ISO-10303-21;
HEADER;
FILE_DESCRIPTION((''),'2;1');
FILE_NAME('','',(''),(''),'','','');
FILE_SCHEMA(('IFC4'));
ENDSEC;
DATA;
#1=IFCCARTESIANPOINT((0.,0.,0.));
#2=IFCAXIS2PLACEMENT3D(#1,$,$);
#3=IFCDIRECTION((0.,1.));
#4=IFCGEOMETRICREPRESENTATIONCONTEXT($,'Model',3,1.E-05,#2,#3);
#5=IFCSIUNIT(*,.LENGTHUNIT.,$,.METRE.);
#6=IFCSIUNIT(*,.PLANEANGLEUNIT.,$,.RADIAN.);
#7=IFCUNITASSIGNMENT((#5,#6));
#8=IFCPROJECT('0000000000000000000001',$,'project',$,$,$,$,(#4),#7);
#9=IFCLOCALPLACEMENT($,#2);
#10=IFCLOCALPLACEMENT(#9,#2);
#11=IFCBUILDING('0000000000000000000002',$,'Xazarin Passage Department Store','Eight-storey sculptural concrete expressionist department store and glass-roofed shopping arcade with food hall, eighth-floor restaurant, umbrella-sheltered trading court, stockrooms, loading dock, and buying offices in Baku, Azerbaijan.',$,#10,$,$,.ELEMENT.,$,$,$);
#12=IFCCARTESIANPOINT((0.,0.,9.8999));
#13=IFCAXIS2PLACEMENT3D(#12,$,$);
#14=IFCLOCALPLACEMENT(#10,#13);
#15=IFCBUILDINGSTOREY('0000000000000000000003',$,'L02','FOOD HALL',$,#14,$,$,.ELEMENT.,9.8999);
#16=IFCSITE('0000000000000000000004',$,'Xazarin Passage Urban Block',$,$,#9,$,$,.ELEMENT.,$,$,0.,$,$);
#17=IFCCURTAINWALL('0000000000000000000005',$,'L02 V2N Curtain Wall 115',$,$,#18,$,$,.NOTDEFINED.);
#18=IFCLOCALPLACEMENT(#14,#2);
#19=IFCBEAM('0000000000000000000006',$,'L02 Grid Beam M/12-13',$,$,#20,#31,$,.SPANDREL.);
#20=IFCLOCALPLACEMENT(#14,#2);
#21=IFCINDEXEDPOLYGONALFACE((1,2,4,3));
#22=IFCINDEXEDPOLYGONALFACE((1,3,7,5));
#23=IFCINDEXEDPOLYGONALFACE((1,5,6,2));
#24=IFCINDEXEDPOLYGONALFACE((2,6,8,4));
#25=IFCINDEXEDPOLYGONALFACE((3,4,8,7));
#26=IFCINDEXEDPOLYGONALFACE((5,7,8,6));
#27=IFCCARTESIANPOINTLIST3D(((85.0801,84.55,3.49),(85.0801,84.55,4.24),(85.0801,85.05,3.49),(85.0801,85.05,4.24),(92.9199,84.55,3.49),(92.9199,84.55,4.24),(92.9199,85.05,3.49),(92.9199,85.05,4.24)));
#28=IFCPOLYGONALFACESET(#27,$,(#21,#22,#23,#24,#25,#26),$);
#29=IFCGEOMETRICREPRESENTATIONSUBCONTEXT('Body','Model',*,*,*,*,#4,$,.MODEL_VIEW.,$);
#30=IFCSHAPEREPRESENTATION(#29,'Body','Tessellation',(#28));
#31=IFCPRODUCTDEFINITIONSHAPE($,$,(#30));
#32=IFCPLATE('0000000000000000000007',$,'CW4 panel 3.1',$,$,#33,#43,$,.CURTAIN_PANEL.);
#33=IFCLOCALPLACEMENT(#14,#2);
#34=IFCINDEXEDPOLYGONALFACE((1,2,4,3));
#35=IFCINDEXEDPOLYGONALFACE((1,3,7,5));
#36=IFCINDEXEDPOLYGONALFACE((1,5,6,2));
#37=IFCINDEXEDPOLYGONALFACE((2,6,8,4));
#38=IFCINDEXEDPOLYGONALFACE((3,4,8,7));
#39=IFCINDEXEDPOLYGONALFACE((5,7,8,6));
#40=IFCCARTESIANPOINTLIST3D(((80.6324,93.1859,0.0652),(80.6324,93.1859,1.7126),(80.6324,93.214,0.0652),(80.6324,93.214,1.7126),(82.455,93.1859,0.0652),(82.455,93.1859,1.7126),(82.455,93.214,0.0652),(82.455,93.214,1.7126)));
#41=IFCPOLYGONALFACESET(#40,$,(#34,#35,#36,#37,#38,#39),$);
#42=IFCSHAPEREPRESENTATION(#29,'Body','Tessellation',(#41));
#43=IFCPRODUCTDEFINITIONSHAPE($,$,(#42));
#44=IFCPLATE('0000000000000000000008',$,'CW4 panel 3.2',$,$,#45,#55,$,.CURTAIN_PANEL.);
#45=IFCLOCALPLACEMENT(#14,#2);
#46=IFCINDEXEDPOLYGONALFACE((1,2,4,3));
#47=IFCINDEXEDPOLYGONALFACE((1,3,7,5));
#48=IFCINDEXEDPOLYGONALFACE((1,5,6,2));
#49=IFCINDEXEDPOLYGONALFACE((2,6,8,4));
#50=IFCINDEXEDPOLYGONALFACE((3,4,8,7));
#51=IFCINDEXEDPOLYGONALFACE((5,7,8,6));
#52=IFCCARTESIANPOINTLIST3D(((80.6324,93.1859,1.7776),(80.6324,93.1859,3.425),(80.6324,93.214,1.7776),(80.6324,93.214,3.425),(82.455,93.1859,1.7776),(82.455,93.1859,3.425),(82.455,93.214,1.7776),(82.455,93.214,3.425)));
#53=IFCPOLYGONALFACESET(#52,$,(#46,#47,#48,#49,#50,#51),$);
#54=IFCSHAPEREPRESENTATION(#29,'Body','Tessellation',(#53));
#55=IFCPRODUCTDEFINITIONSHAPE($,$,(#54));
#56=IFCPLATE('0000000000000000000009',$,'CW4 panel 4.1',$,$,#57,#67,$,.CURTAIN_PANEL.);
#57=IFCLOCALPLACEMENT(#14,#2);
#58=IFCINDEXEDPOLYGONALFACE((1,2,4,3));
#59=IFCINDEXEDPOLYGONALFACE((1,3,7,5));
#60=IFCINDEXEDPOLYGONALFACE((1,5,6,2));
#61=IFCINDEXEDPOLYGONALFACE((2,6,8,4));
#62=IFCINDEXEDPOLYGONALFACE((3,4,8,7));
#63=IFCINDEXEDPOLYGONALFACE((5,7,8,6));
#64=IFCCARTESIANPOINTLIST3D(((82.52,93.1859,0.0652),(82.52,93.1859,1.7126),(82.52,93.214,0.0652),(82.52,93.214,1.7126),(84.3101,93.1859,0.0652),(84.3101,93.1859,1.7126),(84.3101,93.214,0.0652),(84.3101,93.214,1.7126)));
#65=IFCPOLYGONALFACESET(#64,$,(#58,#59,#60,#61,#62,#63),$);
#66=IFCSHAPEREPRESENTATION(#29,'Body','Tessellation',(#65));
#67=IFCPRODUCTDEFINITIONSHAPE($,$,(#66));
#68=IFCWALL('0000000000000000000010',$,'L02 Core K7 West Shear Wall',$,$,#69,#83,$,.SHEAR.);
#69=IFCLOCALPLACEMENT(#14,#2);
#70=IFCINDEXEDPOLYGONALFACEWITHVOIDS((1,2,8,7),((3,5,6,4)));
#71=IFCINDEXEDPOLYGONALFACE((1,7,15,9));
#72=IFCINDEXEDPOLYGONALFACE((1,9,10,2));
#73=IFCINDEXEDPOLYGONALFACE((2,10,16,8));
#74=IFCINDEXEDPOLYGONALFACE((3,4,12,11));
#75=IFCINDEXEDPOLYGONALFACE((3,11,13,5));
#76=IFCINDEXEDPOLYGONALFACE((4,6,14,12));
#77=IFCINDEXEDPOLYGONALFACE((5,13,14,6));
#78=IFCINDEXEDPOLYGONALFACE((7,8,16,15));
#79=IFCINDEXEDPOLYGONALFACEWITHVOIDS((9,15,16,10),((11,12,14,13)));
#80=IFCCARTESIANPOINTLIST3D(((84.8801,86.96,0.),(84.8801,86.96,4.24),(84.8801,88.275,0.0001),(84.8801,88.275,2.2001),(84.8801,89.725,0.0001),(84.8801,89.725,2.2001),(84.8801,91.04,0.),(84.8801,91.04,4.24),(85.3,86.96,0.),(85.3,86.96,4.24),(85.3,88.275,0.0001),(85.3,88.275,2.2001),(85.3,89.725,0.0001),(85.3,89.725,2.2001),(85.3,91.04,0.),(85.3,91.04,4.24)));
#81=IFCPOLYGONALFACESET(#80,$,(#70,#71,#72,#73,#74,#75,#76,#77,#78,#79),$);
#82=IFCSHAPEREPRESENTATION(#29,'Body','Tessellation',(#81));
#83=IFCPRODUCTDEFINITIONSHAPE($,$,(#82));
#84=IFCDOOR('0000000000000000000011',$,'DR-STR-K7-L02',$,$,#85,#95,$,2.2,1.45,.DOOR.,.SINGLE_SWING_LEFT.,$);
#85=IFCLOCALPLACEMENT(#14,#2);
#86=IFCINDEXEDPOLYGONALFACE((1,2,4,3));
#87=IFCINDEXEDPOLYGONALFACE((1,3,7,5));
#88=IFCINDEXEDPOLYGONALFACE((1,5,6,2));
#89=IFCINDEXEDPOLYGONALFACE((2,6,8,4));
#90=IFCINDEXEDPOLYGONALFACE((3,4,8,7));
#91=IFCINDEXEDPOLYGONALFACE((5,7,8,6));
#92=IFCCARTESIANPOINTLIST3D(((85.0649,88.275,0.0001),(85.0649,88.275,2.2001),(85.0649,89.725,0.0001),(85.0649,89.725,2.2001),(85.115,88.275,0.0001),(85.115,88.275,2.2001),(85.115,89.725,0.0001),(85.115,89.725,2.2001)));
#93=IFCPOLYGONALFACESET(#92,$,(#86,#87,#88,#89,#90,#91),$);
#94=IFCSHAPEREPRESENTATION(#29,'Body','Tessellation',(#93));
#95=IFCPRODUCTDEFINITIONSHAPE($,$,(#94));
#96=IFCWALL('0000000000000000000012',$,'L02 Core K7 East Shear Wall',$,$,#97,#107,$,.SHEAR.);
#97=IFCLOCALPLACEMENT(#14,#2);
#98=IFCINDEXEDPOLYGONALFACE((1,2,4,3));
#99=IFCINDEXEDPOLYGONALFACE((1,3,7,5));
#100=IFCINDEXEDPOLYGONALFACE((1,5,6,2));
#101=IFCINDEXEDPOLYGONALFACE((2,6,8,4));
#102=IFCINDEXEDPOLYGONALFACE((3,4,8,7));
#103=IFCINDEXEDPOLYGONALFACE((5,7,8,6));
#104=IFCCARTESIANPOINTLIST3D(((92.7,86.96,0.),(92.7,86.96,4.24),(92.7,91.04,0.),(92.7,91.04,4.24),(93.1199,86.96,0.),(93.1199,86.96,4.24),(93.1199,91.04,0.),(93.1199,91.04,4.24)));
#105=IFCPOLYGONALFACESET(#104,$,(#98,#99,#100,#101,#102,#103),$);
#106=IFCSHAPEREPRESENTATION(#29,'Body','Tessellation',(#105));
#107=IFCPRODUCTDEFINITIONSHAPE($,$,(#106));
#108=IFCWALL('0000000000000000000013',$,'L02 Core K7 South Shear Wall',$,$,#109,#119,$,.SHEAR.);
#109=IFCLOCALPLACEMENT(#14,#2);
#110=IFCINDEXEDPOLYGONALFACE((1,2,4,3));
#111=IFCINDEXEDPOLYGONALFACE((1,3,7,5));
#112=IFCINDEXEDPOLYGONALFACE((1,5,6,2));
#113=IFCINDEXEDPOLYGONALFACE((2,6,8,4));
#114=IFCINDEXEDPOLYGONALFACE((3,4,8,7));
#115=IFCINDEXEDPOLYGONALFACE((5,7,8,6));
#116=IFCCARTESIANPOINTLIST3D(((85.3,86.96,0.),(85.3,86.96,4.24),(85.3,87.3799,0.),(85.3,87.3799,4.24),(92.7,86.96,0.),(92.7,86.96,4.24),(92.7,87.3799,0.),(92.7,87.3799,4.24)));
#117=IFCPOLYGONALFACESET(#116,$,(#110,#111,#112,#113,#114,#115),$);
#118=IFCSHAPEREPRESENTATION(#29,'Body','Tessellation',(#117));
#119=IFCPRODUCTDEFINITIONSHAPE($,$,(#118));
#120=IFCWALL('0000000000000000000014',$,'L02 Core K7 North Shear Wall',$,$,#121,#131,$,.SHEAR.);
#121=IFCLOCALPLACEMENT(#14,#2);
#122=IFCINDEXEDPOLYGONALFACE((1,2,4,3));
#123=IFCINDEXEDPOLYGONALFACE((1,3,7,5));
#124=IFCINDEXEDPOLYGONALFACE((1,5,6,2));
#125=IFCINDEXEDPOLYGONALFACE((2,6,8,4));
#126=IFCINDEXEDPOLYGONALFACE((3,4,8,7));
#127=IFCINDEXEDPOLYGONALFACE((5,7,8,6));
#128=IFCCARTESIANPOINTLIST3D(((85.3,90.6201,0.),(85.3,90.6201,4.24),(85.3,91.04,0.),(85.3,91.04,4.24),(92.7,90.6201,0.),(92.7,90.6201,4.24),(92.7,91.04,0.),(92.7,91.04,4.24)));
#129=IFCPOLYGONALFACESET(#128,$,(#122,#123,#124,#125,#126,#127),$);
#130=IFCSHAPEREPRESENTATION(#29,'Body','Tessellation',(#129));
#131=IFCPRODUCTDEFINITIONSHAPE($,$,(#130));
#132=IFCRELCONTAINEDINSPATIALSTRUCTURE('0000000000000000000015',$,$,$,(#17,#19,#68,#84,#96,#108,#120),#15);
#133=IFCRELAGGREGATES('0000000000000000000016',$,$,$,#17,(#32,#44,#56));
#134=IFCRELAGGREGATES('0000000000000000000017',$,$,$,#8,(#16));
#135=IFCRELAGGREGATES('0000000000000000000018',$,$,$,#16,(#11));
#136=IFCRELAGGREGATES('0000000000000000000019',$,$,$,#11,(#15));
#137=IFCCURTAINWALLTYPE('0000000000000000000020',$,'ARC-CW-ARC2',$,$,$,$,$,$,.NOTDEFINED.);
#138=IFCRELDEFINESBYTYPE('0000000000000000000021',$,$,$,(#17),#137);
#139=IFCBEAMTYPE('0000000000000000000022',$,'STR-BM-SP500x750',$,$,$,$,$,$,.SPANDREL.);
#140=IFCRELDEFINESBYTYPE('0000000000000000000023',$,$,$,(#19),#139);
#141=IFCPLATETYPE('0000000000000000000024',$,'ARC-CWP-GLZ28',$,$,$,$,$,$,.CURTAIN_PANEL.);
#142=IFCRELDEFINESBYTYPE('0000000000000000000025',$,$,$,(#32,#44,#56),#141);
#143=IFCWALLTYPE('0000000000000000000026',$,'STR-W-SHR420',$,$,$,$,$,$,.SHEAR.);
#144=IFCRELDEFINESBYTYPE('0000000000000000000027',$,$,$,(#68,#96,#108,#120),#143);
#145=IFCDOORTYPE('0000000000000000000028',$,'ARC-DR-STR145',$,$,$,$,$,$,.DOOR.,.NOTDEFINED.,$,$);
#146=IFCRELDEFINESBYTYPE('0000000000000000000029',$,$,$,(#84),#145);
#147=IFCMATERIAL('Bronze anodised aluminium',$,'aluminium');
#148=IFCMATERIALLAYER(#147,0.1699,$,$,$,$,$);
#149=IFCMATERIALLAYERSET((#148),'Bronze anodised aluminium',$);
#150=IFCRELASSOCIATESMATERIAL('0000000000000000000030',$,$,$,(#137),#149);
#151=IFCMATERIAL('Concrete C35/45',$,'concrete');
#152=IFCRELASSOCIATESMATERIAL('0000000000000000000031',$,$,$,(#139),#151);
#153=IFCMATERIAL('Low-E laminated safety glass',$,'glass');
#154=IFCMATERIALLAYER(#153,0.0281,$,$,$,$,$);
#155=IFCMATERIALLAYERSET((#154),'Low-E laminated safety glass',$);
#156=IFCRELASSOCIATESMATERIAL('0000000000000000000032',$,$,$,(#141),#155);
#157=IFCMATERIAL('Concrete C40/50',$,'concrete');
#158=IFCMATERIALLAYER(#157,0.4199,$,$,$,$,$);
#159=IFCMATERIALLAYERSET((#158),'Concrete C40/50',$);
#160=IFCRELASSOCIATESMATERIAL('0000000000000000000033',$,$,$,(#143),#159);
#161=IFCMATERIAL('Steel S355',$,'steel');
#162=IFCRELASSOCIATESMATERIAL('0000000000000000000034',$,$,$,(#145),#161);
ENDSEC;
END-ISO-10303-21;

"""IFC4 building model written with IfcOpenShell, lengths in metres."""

from ifc_helpers import new_model, si_unit, direction, frame, frame_2d, origin, origin_2d, place, context, subcontext, project, spatial, rectangle, extrude, material, layer, layer_set, material_profile, profile_set, type_object, element, fill, aggregate, save


model = new_model("IFC4")

# Units and contexts
model_context = context("Model", 3, precision=1e-05, world=origin(), true_north=direction((0.0, 1.0)))
body_context = subcontext(model_context, "Body", "Model", "MODEL_VIEW")
ifc_project = project(units=[si_unit("LENGTHUNIT", "METRE"), si_unit("PLANEANGLEUNIT", "RADIAN")], contexts=[model_context])

# Site, building, storey
site_placement = place(None, origin())
site = spatial("IfcSite", under=ifc_project, at=site_placement, Name="Xazarin Passage Urban Block", CompositionType="ELEMENT", RefElevation=0.0)
building_placement = place(site_placement, origin())
building = spatial("IfcBuilding", under=site, at=building_placement, Name="Xazarin Passage Department Store", Description="Eight-storey sculptural concrete expressionist department store and glass-roofed shopping arcade with food hall, eighth-floor restaurant, umbrella-sheltered trading court, stockrooms, loading dock, and buying offices in Baku, Azerbaijan.", CompositionType="ELEMENT")
storey_placement = place(building_placement, frame((0.0, 0.0, 9.8999)))
storey = spatial("IfcBuildingStorey", under=building, at=storey_placement, Name="L02", Description="FOOD HALL", CompositionType="ELEMENT", Elevation=9.8999)

# Shared definitions
ifc_material_1 = material(Name="Concrete C40/50", Category="concrete")

# Curtain wall
ifc_material_2 = material(Name="Bronze anodised aluminium", Category="aluminium")
ifc_layer_1 = layer(ifc_material_2, 0.1699)
ifc_layer_set_1 = layer_set([ifc_layer_1], Name="Bronze anodised aluminium")
curtain_wall_type = type_object("IfcCurtainWallType", Name="ARC-CW-ARC2", PredefinedType="NOTDEFINED", material=ifc_layer_set_1)
curtain_wall_placement = place(storey_placement, origin())
curtain_wall = element("IfcCurtainWall", 1, at=curtain_wall_placement, inside=storey, type_object=curtain_wall_type, Name="L02 V2N Curtain Wall 115", PredefinedType="NOTDEFINED")

# Beam
ifc_material_3 = material(Name="Concrete C35/45", Category="concrete")
ifc_material_profile_1 = material_profile(ifc_material_3, rectangle(XDim=0.5, YDim=0.75, at=origin_2d()), Name="RC 500x750")
ifc_profile_set_1 = profile_set([ifc_material_profile_1], Name="Concrete C35/45")
beam_type_1 = type_object("IfcBeamType", Name="STR-BM-SP500x750", PredefinedType="SPANDREL", material=ifc_profile_set_1)
beam_1_placement = place(storey_placement, frame((85.0801, 84.8, 3.865), z_axis=(1.0, 0.0, 0.0), x_axis=(0.0, 1.0, 0.0)))
element("IfcBeam", 2, at=beam_1_placement, inside=storey, type_object=beam_type_1, Name="L02 Grid Beam M/12-13", PredefinedType="SPANDREL", context=body_context, shape_type="SweptSolid", body=[
    extrude(rectangle(XDim=0.5, YDim=0.75, at=origin_2d()), origin(), (0.0, 0.0, 1.0), 7.8398),
])

# Plates
ifc_material_4 = material(Name="Low-E laminated safety glass", Category="glass")
ifc_layer_2 = layer(ifc_material_4, 0.0281)
ifc_layer_set_2 = layer_set([ifc_layer_2], Name="Low-E laminated safety glass")
plate_type = type_object("IfcPlateType", Name="ARC-CWP-GLZ28", PredefinedType="CURTAIN_PANEL", material=ifc_layer_set_2)
plate_1_placement = place(storey_placement, frame((81.5437, 93.2, 0.0652), z_axis=(0.0, 0.0, 1.0), x_axis=(1.0, 0.0, 0.0)))
plate_1 = element("IfcPlate", 3, at=plate_1_placement, type_object=plate_type, Name="CW4 panel 3.1", PredefinedType="CURTAIN_PANEL", context=body_context, shape_type="SweptSolid", body=[
    extrude(rectangle(XDim=1.8225, YDim=0.0281, at=origin_2d()), origin(), (0.0, 0.0, 1.0), 1.6475),
])
plate_2_placement = place(storey_placement, frame((81.5437, 93.2, 1.7776), z_axis=(0.0, 0.0, 1.0), x_axis=(1.0, 0.0, 0.0)))
plate_2 = element("IfcPlate", 4, at=plate_2_placement, type_object=plate_type, Name="CW4 panel 3.2", PredefinedType="CURTAIN_PANEL", context=body_context, shape_type="SweptSolid", body=[
    extrude(rectangle(XDim=1.8225, YDim=0.0281, at=origin_2d()), origin(), (0.0, 0.0, 1.0), 1.6475),
])
plate_3_placement = place(storey_placement, frame((83.415, 93.2, 0.0652), z_axis=(0.0, 0.0, 1.0), x_axis=(1.0, 0.0, 0.0)))
plate_3 = element("IfcPlate", 5, at=plate_3_placement, type_object=plate_type, Name="CW4 panel 4.1", PredefinedType="CURTAIN_PANEL", context=body_context, shape_type="SweptSolid", body=[
    extrude(rectangle(XDim=1.79, YDim=0.0281, at=origin_2d()), origin(), (0.0, 0.0, 1.0), 1.6475),
])
aggregate(curtain_wall, [plate_1, plate_2, plate_3])

# Wall, opening, door
ifc_layer_3 = layer(ifc_material_1, 0.4199)
ifc_layer_set_3 = layer_set([ifc_layer_3], Name="Concrete C40/50")
wall_type = type_object("IfcWallType", Name="STR-W-SHR420", PredefinedType="SHEAR", material=ifc_layer_set_3)
wall_1_placement = place(storey_placement, frame((85.0901, 91.04, 0.0), z_axis=(0.0, 0.0, 1.0), x_axis=(0.0, -1.0, 0.0)))
wall_1 = element("IfcWall", 6, at=wall_1_placement, inside=storey, type_object=wall_type, Name="L02 Core K7 West Shear Wall", PredefinedType="SHEAR", context=body_context, shape_type="SweptSolid", body=[
    extrude(rectangle(XDim=4.0801, YDim=0.4199, at=frame_2d((2.04, 0.0))), origin(), (0.0, 0.0, 1.0), 4.24),
])
opening_placement = place(wall_1_placement, frame((1.3149, 0.0, 0.0)))
opening = element("IfcOpeningElement", 7, at=opening_placement, cuts=wall_1, PredefinedType="OPENING", context=body_context, shape_type="SweptSolid", body=[
    extrude(rectangle(XDim=1.45, YDim=2.2, at=frame_2d((0.7251, 1.1001))), frame((0.0, 0.22, 0.0), z_axis=(0.0, -1.0, 0.0), x_axis=(1.0, 0.0, 0.0)), (0.0, 0.0, 1.0), 0.4399),
])
ifc_material_5 = material(Name="Steel S355", Category="steel")
door_type = type_object("IfcDoorType", Name="ARC-DR-STR145", OperationType="NOTDEFINED", PredefinedType="DOOR", material=ifc_material_5)
door_placement = place(opening_placement, origin())
door = element("IfcDoor", 8, at=door_placement, inside=storey, type_object=door_type, Name="DR-STR-K7-L02", OperationType="SINGLE_SWING_LEFT", OverallHeight=2.2, OverallWidth=1.45, PredefinedType="DOOR", context=body_context, shape_type="SweptSolid", body=[
    extrude(rectangle(XDim=1.45, YDim=2.2, at=frame_2d((0.7251, 1.1001))), frame((0.0, 0.0249, 0.0), z_axis=(0.0, -1.0, 0.0), x_axis=(1.0, 0.0, 0.0)), (0.0, 0.0, 1.0), 0.05),
])
fill(opening, door)

# Walls
wall_2_placement = place(storey_placement, frame((92.9099, 86.96, 0.0), z_axis=(0.0, 0.0, 1.0), x_axis=(0.0, 1.0, 0.0)))
element("IfcWall", 9, at=wall_2_placement, inside=storey, type_object=wall_type, Name="L02 Core K7 East Shear Wall", PredefinedType="SHEAR", context=body_context, shape_type="SweptSolid", body=[
    extrude(rectangle(XDim=4.0801, YDim=0.4199, at=frame_2d((2.04, 0.0))), origin(), (0.0, 0.0, 1.0), 4.24),
])
for number, where, z_axis, x_axis, name in (
    (10, (85.3, 87.1699, 0.0), (0.0, 0.0, 1.0), (1.0, 0.0, 0.0), "L02 Core K7 South Shear Wall"),
    (11, (85.3, 90.8301, 0.0), (0.0, 0.0, 1.0), (1.0, 0.0, 0.0), "L02 Core K7 North Shear Wall"),
):
    element("IfcWall", number, at=place(storey_placement, frame(where, z_axis=z_axis, x_axis=x_axis)), inside=storey, type_object=wall_type, Name=name, PredefinedType="SHEAR", context=body_context, shape_type="SweptSolid", body=[
        extrude(rectangle(XDim=7.3999, YDim=0.4199, at=frame_2d((3.7, 0.0))), origin(), (0.0, 0.0, 1.0), 4.24),
    ])

save(model, "model.ifc")
